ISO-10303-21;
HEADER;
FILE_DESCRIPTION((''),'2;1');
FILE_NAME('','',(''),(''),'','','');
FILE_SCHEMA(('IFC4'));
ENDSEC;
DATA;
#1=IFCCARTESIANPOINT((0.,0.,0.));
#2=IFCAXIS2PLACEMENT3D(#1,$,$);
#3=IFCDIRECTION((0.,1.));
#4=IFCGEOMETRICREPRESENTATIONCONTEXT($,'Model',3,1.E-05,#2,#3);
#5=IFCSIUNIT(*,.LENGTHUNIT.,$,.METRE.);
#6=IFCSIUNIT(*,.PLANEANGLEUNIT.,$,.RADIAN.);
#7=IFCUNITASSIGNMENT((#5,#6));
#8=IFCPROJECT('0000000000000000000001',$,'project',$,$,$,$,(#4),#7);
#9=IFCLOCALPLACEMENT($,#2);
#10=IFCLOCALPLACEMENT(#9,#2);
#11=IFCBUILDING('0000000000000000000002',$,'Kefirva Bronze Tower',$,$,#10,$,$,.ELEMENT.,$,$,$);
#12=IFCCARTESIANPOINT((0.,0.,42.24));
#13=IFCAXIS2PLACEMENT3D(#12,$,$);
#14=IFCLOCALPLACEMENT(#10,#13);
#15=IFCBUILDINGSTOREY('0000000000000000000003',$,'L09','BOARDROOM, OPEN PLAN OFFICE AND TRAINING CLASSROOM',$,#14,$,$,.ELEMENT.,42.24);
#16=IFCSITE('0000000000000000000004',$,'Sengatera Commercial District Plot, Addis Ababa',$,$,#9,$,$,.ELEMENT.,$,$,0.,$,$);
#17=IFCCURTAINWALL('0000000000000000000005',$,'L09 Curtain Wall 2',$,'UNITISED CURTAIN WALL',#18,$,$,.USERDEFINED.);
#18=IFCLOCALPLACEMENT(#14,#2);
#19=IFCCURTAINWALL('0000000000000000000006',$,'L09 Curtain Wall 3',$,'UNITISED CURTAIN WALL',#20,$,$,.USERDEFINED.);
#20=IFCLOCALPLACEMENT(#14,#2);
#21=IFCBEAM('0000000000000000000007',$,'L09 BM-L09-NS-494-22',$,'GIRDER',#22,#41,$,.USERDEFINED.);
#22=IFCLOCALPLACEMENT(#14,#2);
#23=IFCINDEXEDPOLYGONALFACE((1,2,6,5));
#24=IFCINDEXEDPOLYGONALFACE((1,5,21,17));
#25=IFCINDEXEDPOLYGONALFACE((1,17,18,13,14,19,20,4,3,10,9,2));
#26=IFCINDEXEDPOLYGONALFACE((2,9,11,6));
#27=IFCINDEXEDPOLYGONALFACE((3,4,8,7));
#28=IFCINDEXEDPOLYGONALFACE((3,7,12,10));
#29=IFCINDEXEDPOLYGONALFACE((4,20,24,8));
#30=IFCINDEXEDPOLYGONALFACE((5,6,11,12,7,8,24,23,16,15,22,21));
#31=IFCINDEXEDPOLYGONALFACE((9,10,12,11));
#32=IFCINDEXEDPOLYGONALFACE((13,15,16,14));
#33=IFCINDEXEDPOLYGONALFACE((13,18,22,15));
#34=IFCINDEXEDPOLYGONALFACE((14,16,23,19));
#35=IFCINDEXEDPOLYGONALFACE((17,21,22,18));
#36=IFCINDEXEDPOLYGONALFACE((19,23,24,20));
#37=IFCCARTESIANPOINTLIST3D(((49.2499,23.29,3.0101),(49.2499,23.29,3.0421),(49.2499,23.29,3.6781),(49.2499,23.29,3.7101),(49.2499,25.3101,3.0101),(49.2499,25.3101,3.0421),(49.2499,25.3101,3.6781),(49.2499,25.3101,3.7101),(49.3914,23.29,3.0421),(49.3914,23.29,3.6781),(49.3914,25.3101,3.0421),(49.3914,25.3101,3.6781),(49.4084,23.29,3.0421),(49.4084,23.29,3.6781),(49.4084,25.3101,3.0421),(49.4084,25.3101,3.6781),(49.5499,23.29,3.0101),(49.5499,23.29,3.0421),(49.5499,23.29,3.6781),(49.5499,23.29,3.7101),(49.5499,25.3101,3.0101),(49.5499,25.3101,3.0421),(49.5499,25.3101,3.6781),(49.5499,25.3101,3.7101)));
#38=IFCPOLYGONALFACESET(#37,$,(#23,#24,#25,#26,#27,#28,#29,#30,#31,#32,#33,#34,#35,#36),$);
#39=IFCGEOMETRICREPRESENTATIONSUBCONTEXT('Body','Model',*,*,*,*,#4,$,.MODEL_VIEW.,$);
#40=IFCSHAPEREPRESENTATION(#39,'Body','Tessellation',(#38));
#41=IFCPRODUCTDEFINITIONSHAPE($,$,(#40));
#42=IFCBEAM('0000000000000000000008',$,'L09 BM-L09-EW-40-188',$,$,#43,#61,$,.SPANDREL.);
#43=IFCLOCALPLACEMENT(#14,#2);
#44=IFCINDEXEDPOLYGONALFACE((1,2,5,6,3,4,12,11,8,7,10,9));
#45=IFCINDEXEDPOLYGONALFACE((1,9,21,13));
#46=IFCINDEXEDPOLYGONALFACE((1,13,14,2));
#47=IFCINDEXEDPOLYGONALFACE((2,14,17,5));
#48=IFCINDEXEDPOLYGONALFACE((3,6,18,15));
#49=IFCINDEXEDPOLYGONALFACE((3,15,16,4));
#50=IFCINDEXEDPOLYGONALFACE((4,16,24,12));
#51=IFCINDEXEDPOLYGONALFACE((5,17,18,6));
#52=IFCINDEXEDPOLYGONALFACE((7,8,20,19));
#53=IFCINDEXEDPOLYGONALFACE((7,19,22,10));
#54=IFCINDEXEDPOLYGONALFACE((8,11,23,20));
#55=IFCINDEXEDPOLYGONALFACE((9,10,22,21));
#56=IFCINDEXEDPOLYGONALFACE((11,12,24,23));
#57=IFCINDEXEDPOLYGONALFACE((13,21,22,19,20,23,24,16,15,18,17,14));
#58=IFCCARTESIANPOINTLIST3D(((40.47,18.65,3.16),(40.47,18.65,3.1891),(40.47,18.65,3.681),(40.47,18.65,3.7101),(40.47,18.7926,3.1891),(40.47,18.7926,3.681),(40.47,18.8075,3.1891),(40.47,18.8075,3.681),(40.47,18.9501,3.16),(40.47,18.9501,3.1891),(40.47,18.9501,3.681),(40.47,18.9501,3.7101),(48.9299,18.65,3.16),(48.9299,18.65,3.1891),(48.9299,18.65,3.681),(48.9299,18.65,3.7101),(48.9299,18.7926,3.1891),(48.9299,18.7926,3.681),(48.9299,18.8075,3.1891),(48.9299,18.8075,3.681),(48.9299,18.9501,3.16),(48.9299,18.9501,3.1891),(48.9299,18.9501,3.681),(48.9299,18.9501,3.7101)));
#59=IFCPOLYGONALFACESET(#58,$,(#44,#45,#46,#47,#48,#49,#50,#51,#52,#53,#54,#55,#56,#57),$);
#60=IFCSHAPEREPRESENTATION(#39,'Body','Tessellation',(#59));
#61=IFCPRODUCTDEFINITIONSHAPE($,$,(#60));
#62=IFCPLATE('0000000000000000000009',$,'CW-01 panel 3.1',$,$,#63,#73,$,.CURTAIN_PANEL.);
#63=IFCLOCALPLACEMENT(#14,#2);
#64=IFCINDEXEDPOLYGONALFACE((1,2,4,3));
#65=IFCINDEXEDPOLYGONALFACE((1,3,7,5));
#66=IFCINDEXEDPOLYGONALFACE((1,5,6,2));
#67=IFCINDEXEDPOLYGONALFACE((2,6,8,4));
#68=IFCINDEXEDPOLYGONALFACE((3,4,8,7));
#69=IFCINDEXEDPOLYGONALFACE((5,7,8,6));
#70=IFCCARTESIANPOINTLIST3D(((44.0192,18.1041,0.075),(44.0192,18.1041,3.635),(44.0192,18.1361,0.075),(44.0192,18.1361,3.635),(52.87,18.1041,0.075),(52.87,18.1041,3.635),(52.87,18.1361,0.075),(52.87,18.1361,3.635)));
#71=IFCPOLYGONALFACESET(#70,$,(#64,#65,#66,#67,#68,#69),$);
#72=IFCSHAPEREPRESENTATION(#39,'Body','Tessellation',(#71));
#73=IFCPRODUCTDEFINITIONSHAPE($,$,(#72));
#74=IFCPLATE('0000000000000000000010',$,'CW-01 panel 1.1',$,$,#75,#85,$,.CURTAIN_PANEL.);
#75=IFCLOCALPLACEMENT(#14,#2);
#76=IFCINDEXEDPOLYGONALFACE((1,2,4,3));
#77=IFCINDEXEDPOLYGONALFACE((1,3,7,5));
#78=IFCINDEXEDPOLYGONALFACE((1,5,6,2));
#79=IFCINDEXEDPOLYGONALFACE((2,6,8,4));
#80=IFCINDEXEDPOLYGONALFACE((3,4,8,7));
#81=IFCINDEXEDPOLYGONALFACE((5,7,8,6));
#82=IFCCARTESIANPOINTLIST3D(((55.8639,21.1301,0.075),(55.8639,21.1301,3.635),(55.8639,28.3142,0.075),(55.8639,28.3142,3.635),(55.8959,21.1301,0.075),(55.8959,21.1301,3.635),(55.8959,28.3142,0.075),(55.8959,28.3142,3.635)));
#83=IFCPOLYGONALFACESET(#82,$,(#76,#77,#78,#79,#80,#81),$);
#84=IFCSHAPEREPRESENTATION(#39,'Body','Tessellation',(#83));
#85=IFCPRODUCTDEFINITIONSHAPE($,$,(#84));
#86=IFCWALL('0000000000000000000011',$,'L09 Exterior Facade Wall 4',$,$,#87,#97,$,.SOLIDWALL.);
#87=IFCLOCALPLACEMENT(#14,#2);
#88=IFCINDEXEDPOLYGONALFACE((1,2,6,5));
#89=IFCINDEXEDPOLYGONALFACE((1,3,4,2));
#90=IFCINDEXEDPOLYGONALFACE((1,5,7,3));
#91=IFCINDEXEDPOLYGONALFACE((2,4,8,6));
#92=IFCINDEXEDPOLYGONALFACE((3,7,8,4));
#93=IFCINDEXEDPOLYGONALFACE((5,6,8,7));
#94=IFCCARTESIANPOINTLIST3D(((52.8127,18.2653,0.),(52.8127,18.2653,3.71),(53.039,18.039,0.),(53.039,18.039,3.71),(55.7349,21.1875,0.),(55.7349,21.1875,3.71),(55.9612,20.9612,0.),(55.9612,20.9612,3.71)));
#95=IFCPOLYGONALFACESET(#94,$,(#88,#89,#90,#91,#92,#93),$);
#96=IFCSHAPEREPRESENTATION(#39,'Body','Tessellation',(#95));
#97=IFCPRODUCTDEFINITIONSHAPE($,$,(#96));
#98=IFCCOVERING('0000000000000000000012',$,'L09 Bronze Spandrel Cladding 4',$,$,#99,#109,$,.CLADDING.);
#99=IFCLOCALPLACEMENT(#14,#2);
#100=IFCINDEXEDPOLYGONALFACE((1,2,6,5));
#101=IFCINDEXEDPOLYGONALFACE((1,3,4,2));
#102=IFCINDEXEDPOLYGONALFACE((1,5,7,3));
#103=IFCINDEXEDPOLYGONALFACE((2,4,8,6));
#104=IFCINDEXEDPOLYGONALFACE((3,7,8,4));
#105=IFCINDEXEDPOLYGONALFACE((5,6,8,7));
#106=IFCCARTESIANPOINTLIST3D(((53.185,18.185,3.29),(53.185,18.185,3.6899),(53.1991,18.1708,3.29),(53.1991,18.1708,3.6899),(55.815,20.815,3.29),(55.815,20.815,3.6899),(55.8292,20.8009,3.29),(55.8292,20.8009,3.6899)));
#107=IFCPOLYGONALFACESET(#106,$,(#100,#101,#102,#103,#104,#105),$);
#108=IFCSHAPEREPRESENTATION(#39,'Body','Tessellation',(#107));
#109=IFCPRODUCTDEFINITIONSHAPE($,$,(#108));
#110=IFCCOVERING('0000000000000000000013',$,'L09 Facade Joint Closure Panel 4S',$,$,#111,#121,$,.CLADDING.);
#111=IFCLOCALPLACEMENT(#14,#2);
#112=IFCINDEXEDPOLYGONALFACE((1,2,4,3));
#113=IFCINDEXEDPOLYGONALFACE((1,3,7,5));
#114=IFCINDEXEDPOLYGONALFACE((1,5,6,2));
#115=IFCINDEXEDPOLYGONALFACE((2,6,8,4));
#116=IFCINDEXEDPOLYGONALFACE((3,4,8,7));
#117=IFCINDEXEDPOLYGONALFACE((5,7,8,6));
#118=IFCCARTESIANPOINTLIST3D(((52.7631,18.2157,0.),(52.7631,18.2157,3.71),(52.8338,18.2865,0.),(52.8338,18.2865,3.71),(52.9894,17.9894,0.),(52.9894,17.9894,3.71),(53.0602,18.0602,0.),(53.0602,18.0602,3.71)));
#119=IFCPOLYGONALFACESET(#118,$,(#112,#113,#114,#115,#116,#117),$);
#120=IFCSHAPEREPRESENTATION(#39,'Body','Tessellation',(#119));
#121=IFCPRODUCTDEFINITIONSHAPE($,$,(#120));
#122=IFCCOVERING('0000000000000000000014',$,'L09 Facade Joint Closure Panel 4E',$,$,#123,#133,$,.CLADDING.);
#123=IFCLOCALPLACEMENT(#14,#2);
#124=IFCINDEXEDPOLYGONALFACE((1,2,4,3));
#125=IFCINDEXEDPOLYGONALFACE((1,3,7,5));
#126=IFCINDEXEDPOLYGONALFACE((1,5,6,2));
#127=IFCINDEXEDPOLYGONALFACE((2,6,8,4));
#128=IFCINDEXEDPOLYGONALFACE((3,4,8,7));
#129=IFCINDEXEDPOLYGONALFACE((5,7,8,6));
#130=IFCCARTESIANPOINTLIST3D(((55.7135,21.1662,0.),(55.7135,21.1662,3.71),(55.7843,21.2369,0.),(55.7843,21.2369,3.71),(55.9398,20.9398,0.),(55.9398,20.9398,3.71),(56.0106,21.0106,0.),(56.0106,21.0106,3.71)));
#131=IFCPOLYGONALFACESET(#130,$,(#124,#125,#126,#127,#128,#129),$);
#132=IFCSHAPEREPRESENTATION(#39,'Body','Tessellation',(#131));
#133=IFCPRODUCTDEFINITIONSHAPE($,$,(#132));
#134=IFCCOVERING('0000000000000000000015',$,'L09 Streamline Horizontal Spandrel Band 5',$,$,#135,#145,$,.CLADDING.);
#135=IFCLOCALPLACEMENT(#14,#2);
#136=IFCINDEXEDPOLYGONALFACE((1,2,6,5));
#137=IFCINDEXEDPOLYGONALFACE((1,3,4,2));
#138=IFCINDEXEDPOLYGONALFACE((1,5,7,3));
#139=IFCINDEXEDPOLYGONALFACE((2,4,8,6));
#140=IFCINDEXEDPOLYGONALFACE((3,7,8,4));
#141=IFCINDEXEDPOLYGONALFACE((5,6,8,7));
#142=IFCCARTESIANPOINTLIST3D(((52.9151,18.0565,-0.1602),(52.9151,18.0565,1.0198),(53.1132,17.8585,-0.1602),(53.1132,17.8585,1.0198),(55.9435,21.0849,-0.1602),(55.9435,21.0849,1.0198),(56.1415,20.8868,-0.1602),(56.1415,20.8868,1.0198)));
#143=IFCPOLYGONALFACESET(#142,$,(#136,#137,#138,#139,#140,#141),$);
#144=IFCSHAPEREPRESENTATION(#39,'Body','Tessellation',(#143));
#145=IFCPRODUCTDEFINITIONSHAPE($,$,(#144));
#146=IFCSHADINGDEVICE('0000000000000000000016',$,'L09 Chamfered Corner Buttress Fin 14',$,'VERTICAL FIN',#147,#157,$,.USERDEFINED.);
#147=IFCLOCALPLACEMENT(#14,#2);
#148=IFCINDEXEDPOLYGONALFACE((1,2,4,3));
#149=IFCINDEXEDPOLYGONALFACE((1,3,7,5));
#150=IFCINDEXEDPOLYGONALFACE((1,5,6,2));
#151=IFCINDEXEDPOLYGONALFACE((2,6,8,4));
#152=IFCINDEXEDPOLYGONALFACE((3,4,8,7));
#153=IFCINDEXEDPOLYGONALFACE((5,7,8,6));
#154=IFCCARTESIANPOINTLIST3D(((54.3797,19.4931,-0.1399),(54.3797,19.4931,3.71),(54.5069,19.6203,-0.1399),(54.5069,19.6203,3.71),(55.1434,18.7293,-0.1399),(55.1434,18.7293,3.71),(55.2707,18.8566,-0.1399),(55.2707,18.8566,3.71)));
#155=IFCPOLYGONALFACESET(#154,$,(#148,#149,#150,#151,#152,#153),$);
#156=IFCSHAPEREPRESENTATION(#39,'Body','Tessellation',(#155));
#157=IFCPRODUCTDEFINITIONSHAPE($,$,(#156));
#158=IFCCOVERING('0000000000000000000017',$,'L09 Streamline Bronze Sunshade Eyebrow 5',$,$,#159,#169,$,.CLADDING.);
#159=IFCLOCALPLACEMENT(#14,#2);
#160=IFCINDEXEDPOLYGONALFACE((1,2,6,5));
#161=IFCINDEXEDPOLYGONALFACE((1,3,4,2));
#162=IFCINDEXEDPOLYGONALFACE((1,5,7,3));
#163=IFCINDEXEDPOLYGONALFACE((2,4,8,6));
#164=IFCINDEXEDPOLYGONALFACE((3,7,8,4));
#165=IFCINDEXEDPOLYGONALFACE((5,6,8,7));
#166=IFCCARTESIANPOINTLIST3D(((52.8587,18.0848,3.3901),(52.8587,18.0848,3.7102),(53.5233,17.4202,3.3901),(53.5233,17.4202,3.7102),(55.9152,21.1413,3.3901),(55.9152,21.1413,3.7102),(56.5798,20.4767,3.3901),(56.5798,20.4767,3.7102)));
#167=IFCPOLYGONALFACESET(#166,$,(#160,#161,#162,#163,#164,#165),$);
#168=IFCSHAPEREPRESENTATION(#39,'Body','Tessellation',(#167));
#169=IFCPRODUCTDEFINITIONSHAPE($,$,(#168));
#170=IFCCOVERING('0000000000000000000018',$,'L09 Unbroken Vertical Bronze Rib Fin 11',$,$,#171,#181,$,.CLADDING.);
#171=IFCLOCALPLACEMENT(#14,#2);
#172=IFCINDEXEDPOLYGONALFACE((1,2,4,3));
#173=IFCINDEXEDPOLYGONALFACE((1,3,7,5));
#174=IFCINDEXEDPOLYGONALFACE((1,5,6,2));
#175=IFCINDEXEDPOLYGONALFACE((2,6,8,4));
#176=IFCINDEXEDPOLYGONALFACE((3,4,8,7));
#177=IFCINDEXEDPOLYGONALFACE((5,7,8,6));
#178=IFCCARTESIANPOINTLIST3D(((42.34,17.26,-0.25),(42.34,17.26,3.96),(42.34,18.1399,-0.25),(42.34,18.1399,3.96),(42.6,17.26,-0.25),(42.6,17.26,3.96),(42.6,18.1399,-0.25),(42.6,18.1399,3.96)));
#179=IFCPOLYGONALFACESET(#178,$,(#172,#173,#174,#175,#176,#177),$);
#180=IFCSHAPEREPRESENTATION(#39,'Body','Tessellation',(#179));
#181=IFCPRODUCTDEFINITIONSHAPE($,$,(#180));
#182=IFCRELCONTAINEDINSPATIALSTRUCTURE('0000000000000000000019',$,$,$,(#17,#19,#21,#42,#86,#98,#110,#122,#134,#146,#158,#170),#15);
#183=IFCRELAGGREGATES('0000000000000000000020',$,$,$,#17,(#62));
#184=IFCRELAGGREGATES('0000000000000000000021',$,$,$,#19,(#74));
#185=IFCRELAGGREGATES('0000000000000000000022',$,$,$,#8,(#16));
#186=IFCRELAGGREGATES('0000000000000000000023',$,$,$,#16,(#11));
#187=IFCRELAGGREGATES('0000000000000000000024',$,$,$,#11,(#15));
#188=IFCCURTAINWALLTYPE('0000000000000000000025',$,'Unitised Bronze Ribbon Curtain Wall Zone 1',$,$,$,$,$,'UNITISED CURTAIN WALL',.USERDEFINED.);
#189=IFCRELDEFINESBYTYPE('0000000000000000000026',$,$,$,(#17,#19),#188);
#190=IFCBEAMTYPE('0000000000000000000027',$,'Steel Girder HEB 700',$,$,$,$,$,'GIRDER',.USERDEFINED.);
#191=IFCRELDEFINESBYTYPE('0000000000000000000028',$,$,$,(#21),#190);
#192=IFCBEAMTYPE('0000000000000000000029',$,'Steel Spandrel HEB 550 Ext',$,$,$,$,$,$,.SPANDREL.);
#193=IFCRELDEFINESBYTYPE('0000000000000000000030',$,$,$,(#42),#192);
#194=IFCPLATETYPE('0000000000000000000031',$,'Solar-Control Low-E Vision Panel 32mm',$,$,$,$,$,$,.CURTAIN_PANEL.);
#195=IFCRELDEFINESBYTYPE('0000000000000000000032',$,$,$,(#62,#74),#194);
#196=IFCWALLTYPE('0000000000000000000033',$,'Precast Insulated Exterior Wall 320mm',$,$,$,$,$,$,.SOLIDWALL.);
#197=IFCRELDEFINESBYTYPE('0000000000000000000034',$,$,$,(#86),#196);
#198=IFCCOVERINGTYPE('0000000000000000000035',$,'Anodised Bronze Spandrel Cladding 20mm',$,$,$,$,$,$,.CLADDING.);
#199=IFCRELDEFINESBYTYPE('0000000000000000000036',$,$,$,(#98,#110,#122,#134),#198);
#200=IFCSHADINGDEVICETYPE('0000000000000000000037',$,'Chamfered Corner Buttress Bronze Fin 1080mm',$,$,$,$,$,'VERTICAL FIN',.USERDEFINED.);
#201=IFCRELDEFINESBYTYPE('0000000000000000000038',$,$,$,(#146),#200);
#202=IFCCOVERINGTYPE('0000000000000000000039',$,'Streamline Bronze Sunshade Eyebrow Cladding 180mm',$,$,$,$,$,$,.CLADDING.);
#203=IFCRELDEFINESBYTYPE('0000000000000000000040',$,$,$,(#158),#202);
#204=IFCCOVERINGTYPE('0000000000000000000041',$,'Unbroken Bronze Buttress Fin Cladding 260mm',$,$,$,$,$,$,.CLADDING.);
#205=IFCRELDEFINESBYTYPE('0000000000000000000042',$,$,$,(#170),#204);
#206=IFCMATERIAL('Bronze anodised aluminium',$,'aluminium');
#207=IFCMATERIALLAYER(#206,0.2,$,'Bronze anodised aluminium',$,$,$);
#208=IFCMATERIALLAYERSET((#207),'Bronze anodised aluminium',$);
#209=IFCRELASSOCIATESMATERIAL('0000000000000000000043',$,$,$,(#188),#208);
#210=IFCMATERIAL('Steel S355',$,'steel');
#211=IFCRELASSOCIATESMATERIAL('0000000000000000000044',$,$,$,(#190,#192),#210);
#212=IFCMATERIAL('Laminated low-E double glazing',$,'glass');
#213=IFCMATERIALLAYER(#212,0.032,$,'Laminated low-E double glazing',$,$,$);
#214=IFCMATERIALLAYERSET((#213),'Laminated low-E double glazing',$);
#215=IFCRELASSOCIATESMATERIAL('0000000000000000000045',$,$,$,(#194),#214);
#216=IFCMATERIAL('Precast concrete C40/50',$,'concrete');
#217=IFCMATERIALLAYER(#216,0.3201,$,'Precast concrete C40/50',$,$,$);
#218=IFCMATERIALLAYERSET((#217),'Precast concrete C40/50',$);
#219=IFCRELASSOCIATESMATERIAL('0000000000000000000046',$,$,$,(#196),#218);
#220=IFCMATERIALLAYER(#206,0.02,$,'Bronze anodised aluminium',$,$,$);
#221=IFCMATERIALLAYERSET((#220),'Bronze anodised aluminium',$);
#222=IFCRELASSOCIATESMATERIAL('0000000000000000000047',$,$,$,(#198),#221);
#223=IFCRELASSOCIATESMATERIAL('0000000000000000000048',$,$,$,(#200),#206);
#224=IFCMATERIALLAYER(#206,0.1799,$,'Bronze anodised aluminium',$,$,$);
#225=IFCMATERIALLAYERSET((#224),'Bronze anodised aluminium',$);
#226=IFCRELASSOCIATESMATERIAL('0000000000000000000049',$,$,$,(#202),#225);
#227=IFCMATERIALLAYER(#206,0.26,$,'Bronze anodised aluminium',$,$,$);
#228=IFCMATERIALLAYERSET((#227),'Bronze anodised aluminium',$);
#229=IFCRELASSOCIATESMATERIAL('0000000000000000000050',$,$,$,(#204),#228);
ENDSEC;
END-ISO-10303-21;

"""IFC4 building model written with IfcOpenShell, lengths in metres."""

from ifc_helpers import new_model, si_unit, direction, frame, frame_2d, origin, origin_2d, place, context, subcontext, project, spatial, rectangle, i_section, extrude, material, layer, layer_set, material_profile, profile_set, type_object, element, aggregate, save


model = new_model("IFC4")

# Units and contexts
model_context = context("Model", 3, precision=1e-05, world=origin(), true_north=direction((0.0, 1.0)))
body_context = subcontext(model_context, "Body", "Model", "MODEL_VIEW")
ifc_project = project(units=[si_unit("LENGTHUNIT", "METRE"), si_unit("PLANEANGLEUNIT", "RADIAN")], contexts=[model_context])

# Site, building, storey
site_placement = place(None, origin())
site = spatial("IfcSite", under=ifc_project, at=site_placement, Name="Sengatera Commercial District Plot, Addis Ababa", CompositionType="ELEMENT", RefElevation=0.0)
building_placement = place(site_placement, origin())
building = spatial("IfcBuilding", under=site, at=building_placement, Name="Kefirva Bronze Tower", CompositionType="ELEMENT")
storey_placement = place(building_placement, frame((0.0, 0.0, 42.24)))
storey = spatial("IfcBuildingStorey", under=building, at=storey_placement, Name="L09", Description="BOARDROOM, OPEN PLAN OFFICE AND TRAINING CLASSROOM", CompositionType="ELEMENT", Elevation=42.24)

# Curtain wall
ifc_material_1 = material(Name="Bronze anodised aluminium", Category="aluminium")
ifc_layer_1 = layer(ifc_material_1, 0.2, Name="Bronze anodised aluminium")
ifc_layer_set_1 = layer_set([ifc_layer_1], Name="Bronze anodised aluminium")
curtain_wall_type = type_object("IfcCurtainWallType", Name="Unitised Bronze Ribbon Curtain Wall Zone 1", ElementType="UNITISED CURTAIN WALL", PredefinedType="USERDEFINED", material=ifc_layer_set_1)
curtain_wall_1_placement = place(storey_placement, origin())
curtain_wall_1 = element("IfcCurtainWall", 1, at=curtain_wall_1_placement, inside=storey, type_object=curtain_wall_type, Name="L09 Curtain Wall 2", ObjectType="UNITISED CURTAIN WALL", PredefinedType="USERDEFINED")

# Curtain wall
curtain_wall_2_placement = place(storey_placement, origin())
curtain_wall_2 = element("IfcCurtainWall", 2, at=curtain_wall_2_placement, inside=storey, type_object=curtain_wall_type, Name="L09 Curtain Wall 3", ObjectType="UNITISED CURTAIN WALL", PredefinedType="USERDEFINED")

# Beams
ifc_material_2 = material(Name="Steel S355", Category="steel")
ifc_material_profile_1 = material_profile(ifc_material_2, i_section(OverallWidth=0.3, OverallDepth=0.7, WebThickness=0.0171, FlangeThickness=0.032, at=origin_2d()), Name="HEB 700")
ifc_profile_set_1 = profile_set([ifc_material_profile_1], Name="Steel S355")
beam_type_1 = type_object("IfcBeamType", Name="Steel Girder HEB 700", ElementType="GIRDER", PredefinedType="USERDEFINED", material=ifc_profile_set_1)
beam_1_placement = place(storey_placement, frame((49.3999, 23.29, 3.3601), z_axis=(0.0, 1.0, 0.0), x_axis=(-1.0, 0.0, 0.0)))
element("IfcBeam", 3, at=beam_1_placement, inside=storey, type_object=beam_type_1, Name="L09 BM-L09-NS-494-22", ObjectType="GIRDER", PredefinedType="USERDEFINED", context=body_context, shape_type="SweptSolid", body=[
    extrude(i_section(OverallWidth=0.3, OverallDepth=0.7, WebThickness=0.0171, FlangeThickness=0.032, at=origin_2d()), origin(), (0.0, 0.0, 1.0), 2.02),
])
ifc_material_profile_2 = material_profile(ifc_material_2, i_section(OverallWidth=0.3, OverallDepth=0.55, WebThickness=0.0149, FlangeThickness=0.0291, at=origin_2d()), Name="HEB 550")
ifc_profile_set_2 = profile_set([ifc_material_profile_2], Name="Steel S355")
beam_type_2 = type_object("IfcBeamType", Name="Steel Spandrel HEB 550 Ext", PredefinedType="SPANDREL", material=ifc_profile_set_2)
beam_2_placement = place(storey_placement, frame((40.47, 18.8, 3.4351), z_axis=(1.0, 0.0, 0.0), x_axis=(0.0, 1.0, 0.0)))
element("IfcBeam", 4, at=beam_2_placement, inside=storey, type_object=beam_type_2, Name="L09 BM-L09-EW-40-188", PredefinedType="SPANDREL", context=body_context, shape_type="SweptSolid", body=[
    extrude(i_section(OverallWidth=0.3, OverallDepth=0.55, WebThickness=0.0149, FlangeThickness=0.0291, at=origin_2d()), origin(), (0.0, 0.0, 1.0), 8.46),
])

# Plates
ifc_material_3 = material(Name="Laminated low-E double glazing", Category="glass")
ifc_layer_2 = layer(ifc_material_3, 0.032, Name="Laminated low-E double glazing")
ifc_layer_set_2 = layer_set([ifc_layer_2], Name="Laminated low-E double glazing")
plate_type = type_object("IfcPlateType", Name="Solar-Control Low-E Vision Panel 32mm", PredefinedType="CURTAIN_PANEL", material=ifc_layer_set_2)
plate_1_placement = place(storey_placement, frame((48.4446, 18.1201, 0.075), z_axis=(0.0, 0.0, 1.0), x_axis=(1.0, 0.0, 0.0)))
plate_1 = element("IfcPlate", 5, at=plate_1_placement, type_object=plate_type, Name="CW-01 panel 3.1", PredefinedType="CURTAIN_PANEL", context=body_context, shape_type="SweptSolid", body=[
    extrude(rectangle(XDim=8.8508, YDim=0.032, at=origin_2d()), origin(), (0.0, 0.0, 1.0), 3.5601),
])
aggregate(curtain_wall_1, [plate_1])
plate_2_placement = place(storey_placement, frame((55.8799, 24.7222, 0.075), z_axis=(0.0, 0.0, 1.0), x_axis=(0.0, 1.0, 0.0)))
plate_2 = element("IfcPlate", 6, at=plate_2_placement, type_object=plate_type, Name="CW-01 panel 1.1", PredefinedType="CURTAIN_PANEL", context=body_context, shape_type="SweptSolid", body=[
    extrude(rectangle(XDim=7.1841, YDim=0.032, at=origin_2d()), origin(), (0.0, 0.0, 1.0), 3.5601),
])
aggregate(curtain_wall_2, [plate_2])

# Wall
ifc_material_4 = material(Name="Precast concrete C40/50", Category="concrete")
ifc_layer_3 = layer(ifc_material_4, 0.3201, Name="Precast concrete C40/50")
ifc_layer_set_3 = layer_set([ifc_layer_3], Name="Precast concrete C40/50")
wall_type = type_object("IfcWallType", Name="Precast Insulated Exterior Wall 320mm", PredefinedType="SOLIDWALL", material=ifc_layer_set_3)
wall_placement = place(storey_placement, frame((52.9258, 18.1521, 0.0), z_axis=(0.0, 0.0, 1.0), x_axis=(0.707107, 0.707107, 0.0)))
element("IfcWall", 7, at=wall_placement, inside=storey, type_object=wall_type, Name="L09 Exterior Facade Wall 4", PredefinedType="SOLIDWALL", context=body_context, shape_type="SweptSolid", body=[
    extrude(rectangle(XDim=4.1326, YDim=0.3201, at=frame_2d((2.0664, 0.0))), origin(), (0.0, 0.0, 1.0), 3.71),
])

# Coverings
ifc_layer_4 = layer(ifc_material_1, 0.02, Name="Bronze anodised aluminium")
ifc_layer_set_4 = layer_set([ifc_layer_4], Name="Bronze anodised aluminium")
covering_type_1 = type_object("IfcCoveringType", Name="Anodised Bronze Spandrel Cladding 20mm", PredefinedType="CLADDING", material=ifc_layer_set_4)
covering_1_placement = place(storey_placement, frame((54.5071, 19.4929, 3.29), z_axis=(0.0, 0.0, 1.0), x_axis=(0.707107, 0.707107, 0.0)))
element("IfcCovering", 8, at=covering_1_placement, inside=storey, type_object=covering_type_1, Name="L09 Bronze Spandrel Cladding 4", PredefinedType="CLADDING", context=body_context, shape_type="SweptSolid", body=[
    extrude(rectangle(XDim=3.7195, YDim=0.02, at=origin_2d()), origin(), (0.0, 0.0, 1.0), 0.3999),
])
for number, where, z_axis, x_axis, name in (
    (9, (52.9116, 18.1379, 0.0), (0.0, 0.0, 1.0), (0.707107, 0.707107, 0.0), "L09 Facade Joint Closure Panel 4S"),
    (10, (55.8621, 21.0884, 0.0), (0.0, 0.0, 1.0), (0.707107, 0.707107, 0.0), "L09 Facade Joint Closure Panel 4E"),
):
    element("IfcCovering", number, at=place(storey_placement, frame(where, z_axis=z_axis, x_axis=x_axis)), inside=storey, type_object=covering_type_1, Name=name, PredefinedType="CLADDING", context=body_context, shape_type="SweptSolid", body=[
        extrude(rectangle(XDim=0.1001, YDim=0.3201, at=origin_2d()), origin(), (0.0, 0.0, 1.0), 3.71),
    ])
covering_2_placement = place(storey_placement, frame((54.5283, 19.4717, -0.1602), z_axis=(0.0, 0.0, 1.0), x_axis=(0.707107, 0.707107, 0.0)))
element("IfcCovering", 11, at=covering_2_placement, inside=storey, type_object=covering_type_1, Name="L09 Streamline Horizontal Spandrel Band 5", PredefinedType="CLADDING", context=body_context, shape_type="SweptSolid", body=[
    extrude(rectangle(XDim=4.2827, YDim=0.28, at=origin_2d()), origin(), (0.0, 0.0, 1.0), 1.1799),
])

# Shading device
ifc_material_profile_3 = material_profile(ifc_material_1, rectangle(XDim=0.1799, YDim=1.0801, at=origin_2d()), Name="BRONZE BUTTRESS FIN 180x1080")
ifc_profile_set_3 = profile_set([ifc_material_profile_3], Name="Bronze anodised aluminium")
shading_device_type = type_object("IfcShadingDeviceType", Name="Chamfered Corner Buttress Bronze Fin 1080mm", ElementType="VERTICAL FIN", PredefinedType="USERDEFINED", material=ifc_profile_set_3)
shading_device_placement = place(storey_placement, frame((54.8252, 19.1748, -0.1399), z_axis=(0.0, 0.0, 1.0), x_axis=(0.707107, 0.707107, 0.0)))
element("IfcShadingDevice", 12, at=shading_device_placement, inside=storey, type_object=shading_device_type, Name="L09 Chamfered Corner Buttress Fin 14", ObjectType="VERTICAL FIN", PredefinedType="USERDEFINED", context=body_context, shape_type="SweptSolid", body=[
    extrude(rectangle(XDim=0.1799, YDim=1.0801, at=origin_2d()), origin(), (0.0, 0.0, 1.0), 3.8499),
])

# Coverings
ifc_layer_5 = layer(ifc_material_1, 0.1799, Name="Bronze anodised aluminium")
ifc_layer_set_5 = layer_set([ifc_layer_5], Name="Bronze anodised aluminium")
covering_type_2 = type_object("IfcCoveringType", Name="Streamline Bronze Sunshade Eyebrow Cladding 180mm", PredefinedType="CLADDING", material=ifc_layer_set_5)
covering_3_placement = place(storey_placement, frame((54.7192, 19.2808, 3.3901), z_axis=(0.0, 0.0, 1.0), x_axis=(0.707107, 0.707107, 0.0)))
element("IfcCovering", 13, at=covering_3_placement, inside=storey, type_object=covering_type_2, Name="L09 Streamline Bronze Sunshade Eyebrow 5", PredefinedType="CLADDING", context=body_context, shape_type="SweptSolid", body=[
    extrude(rectangle(XDim=4.3225, YDim=0.9399, at=origin_2d()), origin(), (0.0, 0.0, 1.0), 0.3201),
])
ifc_layer_6 = layer(ifc_material_1, 0.26, Name="Bronze anodised aluminium")
ifc_layer_set_6 = layer_set([ifc_layer_6], Name="Bronze anodised aluminium")
covering_type_3 = type_object("IfcCoveringType", Name="Unbroken Bronze Buttress Fin Cladding 260mm", PredefinedType="CLADDING", material=ifc_layer_set_6)
for number, where, z_axis, x_axis, name in (
    (14, (42.47, 17.7, -0.25), (0.0, 0.0, 1.0), (1.0, 0.0, 0.0), "L09 Unbroken Vertical Bronze Rib Fin 11"),
):
    element("IfcCovering", number, at=place(storey_placement, frame(where, z_axis=z_axis, x_axis=x_axis)), inside=storey, type_object=covering_type_3, Name=name, PredefinedType="CLADDING", context=body_context, shape_type="SweptSolid", body=[
        extrude(rectangle(XDim=0.26, YDim=0.8799, at=origin_2d()), origin(), (0.0, 0.0, 1.0), 4.21),
    ])

save(model, "model.ifc")
